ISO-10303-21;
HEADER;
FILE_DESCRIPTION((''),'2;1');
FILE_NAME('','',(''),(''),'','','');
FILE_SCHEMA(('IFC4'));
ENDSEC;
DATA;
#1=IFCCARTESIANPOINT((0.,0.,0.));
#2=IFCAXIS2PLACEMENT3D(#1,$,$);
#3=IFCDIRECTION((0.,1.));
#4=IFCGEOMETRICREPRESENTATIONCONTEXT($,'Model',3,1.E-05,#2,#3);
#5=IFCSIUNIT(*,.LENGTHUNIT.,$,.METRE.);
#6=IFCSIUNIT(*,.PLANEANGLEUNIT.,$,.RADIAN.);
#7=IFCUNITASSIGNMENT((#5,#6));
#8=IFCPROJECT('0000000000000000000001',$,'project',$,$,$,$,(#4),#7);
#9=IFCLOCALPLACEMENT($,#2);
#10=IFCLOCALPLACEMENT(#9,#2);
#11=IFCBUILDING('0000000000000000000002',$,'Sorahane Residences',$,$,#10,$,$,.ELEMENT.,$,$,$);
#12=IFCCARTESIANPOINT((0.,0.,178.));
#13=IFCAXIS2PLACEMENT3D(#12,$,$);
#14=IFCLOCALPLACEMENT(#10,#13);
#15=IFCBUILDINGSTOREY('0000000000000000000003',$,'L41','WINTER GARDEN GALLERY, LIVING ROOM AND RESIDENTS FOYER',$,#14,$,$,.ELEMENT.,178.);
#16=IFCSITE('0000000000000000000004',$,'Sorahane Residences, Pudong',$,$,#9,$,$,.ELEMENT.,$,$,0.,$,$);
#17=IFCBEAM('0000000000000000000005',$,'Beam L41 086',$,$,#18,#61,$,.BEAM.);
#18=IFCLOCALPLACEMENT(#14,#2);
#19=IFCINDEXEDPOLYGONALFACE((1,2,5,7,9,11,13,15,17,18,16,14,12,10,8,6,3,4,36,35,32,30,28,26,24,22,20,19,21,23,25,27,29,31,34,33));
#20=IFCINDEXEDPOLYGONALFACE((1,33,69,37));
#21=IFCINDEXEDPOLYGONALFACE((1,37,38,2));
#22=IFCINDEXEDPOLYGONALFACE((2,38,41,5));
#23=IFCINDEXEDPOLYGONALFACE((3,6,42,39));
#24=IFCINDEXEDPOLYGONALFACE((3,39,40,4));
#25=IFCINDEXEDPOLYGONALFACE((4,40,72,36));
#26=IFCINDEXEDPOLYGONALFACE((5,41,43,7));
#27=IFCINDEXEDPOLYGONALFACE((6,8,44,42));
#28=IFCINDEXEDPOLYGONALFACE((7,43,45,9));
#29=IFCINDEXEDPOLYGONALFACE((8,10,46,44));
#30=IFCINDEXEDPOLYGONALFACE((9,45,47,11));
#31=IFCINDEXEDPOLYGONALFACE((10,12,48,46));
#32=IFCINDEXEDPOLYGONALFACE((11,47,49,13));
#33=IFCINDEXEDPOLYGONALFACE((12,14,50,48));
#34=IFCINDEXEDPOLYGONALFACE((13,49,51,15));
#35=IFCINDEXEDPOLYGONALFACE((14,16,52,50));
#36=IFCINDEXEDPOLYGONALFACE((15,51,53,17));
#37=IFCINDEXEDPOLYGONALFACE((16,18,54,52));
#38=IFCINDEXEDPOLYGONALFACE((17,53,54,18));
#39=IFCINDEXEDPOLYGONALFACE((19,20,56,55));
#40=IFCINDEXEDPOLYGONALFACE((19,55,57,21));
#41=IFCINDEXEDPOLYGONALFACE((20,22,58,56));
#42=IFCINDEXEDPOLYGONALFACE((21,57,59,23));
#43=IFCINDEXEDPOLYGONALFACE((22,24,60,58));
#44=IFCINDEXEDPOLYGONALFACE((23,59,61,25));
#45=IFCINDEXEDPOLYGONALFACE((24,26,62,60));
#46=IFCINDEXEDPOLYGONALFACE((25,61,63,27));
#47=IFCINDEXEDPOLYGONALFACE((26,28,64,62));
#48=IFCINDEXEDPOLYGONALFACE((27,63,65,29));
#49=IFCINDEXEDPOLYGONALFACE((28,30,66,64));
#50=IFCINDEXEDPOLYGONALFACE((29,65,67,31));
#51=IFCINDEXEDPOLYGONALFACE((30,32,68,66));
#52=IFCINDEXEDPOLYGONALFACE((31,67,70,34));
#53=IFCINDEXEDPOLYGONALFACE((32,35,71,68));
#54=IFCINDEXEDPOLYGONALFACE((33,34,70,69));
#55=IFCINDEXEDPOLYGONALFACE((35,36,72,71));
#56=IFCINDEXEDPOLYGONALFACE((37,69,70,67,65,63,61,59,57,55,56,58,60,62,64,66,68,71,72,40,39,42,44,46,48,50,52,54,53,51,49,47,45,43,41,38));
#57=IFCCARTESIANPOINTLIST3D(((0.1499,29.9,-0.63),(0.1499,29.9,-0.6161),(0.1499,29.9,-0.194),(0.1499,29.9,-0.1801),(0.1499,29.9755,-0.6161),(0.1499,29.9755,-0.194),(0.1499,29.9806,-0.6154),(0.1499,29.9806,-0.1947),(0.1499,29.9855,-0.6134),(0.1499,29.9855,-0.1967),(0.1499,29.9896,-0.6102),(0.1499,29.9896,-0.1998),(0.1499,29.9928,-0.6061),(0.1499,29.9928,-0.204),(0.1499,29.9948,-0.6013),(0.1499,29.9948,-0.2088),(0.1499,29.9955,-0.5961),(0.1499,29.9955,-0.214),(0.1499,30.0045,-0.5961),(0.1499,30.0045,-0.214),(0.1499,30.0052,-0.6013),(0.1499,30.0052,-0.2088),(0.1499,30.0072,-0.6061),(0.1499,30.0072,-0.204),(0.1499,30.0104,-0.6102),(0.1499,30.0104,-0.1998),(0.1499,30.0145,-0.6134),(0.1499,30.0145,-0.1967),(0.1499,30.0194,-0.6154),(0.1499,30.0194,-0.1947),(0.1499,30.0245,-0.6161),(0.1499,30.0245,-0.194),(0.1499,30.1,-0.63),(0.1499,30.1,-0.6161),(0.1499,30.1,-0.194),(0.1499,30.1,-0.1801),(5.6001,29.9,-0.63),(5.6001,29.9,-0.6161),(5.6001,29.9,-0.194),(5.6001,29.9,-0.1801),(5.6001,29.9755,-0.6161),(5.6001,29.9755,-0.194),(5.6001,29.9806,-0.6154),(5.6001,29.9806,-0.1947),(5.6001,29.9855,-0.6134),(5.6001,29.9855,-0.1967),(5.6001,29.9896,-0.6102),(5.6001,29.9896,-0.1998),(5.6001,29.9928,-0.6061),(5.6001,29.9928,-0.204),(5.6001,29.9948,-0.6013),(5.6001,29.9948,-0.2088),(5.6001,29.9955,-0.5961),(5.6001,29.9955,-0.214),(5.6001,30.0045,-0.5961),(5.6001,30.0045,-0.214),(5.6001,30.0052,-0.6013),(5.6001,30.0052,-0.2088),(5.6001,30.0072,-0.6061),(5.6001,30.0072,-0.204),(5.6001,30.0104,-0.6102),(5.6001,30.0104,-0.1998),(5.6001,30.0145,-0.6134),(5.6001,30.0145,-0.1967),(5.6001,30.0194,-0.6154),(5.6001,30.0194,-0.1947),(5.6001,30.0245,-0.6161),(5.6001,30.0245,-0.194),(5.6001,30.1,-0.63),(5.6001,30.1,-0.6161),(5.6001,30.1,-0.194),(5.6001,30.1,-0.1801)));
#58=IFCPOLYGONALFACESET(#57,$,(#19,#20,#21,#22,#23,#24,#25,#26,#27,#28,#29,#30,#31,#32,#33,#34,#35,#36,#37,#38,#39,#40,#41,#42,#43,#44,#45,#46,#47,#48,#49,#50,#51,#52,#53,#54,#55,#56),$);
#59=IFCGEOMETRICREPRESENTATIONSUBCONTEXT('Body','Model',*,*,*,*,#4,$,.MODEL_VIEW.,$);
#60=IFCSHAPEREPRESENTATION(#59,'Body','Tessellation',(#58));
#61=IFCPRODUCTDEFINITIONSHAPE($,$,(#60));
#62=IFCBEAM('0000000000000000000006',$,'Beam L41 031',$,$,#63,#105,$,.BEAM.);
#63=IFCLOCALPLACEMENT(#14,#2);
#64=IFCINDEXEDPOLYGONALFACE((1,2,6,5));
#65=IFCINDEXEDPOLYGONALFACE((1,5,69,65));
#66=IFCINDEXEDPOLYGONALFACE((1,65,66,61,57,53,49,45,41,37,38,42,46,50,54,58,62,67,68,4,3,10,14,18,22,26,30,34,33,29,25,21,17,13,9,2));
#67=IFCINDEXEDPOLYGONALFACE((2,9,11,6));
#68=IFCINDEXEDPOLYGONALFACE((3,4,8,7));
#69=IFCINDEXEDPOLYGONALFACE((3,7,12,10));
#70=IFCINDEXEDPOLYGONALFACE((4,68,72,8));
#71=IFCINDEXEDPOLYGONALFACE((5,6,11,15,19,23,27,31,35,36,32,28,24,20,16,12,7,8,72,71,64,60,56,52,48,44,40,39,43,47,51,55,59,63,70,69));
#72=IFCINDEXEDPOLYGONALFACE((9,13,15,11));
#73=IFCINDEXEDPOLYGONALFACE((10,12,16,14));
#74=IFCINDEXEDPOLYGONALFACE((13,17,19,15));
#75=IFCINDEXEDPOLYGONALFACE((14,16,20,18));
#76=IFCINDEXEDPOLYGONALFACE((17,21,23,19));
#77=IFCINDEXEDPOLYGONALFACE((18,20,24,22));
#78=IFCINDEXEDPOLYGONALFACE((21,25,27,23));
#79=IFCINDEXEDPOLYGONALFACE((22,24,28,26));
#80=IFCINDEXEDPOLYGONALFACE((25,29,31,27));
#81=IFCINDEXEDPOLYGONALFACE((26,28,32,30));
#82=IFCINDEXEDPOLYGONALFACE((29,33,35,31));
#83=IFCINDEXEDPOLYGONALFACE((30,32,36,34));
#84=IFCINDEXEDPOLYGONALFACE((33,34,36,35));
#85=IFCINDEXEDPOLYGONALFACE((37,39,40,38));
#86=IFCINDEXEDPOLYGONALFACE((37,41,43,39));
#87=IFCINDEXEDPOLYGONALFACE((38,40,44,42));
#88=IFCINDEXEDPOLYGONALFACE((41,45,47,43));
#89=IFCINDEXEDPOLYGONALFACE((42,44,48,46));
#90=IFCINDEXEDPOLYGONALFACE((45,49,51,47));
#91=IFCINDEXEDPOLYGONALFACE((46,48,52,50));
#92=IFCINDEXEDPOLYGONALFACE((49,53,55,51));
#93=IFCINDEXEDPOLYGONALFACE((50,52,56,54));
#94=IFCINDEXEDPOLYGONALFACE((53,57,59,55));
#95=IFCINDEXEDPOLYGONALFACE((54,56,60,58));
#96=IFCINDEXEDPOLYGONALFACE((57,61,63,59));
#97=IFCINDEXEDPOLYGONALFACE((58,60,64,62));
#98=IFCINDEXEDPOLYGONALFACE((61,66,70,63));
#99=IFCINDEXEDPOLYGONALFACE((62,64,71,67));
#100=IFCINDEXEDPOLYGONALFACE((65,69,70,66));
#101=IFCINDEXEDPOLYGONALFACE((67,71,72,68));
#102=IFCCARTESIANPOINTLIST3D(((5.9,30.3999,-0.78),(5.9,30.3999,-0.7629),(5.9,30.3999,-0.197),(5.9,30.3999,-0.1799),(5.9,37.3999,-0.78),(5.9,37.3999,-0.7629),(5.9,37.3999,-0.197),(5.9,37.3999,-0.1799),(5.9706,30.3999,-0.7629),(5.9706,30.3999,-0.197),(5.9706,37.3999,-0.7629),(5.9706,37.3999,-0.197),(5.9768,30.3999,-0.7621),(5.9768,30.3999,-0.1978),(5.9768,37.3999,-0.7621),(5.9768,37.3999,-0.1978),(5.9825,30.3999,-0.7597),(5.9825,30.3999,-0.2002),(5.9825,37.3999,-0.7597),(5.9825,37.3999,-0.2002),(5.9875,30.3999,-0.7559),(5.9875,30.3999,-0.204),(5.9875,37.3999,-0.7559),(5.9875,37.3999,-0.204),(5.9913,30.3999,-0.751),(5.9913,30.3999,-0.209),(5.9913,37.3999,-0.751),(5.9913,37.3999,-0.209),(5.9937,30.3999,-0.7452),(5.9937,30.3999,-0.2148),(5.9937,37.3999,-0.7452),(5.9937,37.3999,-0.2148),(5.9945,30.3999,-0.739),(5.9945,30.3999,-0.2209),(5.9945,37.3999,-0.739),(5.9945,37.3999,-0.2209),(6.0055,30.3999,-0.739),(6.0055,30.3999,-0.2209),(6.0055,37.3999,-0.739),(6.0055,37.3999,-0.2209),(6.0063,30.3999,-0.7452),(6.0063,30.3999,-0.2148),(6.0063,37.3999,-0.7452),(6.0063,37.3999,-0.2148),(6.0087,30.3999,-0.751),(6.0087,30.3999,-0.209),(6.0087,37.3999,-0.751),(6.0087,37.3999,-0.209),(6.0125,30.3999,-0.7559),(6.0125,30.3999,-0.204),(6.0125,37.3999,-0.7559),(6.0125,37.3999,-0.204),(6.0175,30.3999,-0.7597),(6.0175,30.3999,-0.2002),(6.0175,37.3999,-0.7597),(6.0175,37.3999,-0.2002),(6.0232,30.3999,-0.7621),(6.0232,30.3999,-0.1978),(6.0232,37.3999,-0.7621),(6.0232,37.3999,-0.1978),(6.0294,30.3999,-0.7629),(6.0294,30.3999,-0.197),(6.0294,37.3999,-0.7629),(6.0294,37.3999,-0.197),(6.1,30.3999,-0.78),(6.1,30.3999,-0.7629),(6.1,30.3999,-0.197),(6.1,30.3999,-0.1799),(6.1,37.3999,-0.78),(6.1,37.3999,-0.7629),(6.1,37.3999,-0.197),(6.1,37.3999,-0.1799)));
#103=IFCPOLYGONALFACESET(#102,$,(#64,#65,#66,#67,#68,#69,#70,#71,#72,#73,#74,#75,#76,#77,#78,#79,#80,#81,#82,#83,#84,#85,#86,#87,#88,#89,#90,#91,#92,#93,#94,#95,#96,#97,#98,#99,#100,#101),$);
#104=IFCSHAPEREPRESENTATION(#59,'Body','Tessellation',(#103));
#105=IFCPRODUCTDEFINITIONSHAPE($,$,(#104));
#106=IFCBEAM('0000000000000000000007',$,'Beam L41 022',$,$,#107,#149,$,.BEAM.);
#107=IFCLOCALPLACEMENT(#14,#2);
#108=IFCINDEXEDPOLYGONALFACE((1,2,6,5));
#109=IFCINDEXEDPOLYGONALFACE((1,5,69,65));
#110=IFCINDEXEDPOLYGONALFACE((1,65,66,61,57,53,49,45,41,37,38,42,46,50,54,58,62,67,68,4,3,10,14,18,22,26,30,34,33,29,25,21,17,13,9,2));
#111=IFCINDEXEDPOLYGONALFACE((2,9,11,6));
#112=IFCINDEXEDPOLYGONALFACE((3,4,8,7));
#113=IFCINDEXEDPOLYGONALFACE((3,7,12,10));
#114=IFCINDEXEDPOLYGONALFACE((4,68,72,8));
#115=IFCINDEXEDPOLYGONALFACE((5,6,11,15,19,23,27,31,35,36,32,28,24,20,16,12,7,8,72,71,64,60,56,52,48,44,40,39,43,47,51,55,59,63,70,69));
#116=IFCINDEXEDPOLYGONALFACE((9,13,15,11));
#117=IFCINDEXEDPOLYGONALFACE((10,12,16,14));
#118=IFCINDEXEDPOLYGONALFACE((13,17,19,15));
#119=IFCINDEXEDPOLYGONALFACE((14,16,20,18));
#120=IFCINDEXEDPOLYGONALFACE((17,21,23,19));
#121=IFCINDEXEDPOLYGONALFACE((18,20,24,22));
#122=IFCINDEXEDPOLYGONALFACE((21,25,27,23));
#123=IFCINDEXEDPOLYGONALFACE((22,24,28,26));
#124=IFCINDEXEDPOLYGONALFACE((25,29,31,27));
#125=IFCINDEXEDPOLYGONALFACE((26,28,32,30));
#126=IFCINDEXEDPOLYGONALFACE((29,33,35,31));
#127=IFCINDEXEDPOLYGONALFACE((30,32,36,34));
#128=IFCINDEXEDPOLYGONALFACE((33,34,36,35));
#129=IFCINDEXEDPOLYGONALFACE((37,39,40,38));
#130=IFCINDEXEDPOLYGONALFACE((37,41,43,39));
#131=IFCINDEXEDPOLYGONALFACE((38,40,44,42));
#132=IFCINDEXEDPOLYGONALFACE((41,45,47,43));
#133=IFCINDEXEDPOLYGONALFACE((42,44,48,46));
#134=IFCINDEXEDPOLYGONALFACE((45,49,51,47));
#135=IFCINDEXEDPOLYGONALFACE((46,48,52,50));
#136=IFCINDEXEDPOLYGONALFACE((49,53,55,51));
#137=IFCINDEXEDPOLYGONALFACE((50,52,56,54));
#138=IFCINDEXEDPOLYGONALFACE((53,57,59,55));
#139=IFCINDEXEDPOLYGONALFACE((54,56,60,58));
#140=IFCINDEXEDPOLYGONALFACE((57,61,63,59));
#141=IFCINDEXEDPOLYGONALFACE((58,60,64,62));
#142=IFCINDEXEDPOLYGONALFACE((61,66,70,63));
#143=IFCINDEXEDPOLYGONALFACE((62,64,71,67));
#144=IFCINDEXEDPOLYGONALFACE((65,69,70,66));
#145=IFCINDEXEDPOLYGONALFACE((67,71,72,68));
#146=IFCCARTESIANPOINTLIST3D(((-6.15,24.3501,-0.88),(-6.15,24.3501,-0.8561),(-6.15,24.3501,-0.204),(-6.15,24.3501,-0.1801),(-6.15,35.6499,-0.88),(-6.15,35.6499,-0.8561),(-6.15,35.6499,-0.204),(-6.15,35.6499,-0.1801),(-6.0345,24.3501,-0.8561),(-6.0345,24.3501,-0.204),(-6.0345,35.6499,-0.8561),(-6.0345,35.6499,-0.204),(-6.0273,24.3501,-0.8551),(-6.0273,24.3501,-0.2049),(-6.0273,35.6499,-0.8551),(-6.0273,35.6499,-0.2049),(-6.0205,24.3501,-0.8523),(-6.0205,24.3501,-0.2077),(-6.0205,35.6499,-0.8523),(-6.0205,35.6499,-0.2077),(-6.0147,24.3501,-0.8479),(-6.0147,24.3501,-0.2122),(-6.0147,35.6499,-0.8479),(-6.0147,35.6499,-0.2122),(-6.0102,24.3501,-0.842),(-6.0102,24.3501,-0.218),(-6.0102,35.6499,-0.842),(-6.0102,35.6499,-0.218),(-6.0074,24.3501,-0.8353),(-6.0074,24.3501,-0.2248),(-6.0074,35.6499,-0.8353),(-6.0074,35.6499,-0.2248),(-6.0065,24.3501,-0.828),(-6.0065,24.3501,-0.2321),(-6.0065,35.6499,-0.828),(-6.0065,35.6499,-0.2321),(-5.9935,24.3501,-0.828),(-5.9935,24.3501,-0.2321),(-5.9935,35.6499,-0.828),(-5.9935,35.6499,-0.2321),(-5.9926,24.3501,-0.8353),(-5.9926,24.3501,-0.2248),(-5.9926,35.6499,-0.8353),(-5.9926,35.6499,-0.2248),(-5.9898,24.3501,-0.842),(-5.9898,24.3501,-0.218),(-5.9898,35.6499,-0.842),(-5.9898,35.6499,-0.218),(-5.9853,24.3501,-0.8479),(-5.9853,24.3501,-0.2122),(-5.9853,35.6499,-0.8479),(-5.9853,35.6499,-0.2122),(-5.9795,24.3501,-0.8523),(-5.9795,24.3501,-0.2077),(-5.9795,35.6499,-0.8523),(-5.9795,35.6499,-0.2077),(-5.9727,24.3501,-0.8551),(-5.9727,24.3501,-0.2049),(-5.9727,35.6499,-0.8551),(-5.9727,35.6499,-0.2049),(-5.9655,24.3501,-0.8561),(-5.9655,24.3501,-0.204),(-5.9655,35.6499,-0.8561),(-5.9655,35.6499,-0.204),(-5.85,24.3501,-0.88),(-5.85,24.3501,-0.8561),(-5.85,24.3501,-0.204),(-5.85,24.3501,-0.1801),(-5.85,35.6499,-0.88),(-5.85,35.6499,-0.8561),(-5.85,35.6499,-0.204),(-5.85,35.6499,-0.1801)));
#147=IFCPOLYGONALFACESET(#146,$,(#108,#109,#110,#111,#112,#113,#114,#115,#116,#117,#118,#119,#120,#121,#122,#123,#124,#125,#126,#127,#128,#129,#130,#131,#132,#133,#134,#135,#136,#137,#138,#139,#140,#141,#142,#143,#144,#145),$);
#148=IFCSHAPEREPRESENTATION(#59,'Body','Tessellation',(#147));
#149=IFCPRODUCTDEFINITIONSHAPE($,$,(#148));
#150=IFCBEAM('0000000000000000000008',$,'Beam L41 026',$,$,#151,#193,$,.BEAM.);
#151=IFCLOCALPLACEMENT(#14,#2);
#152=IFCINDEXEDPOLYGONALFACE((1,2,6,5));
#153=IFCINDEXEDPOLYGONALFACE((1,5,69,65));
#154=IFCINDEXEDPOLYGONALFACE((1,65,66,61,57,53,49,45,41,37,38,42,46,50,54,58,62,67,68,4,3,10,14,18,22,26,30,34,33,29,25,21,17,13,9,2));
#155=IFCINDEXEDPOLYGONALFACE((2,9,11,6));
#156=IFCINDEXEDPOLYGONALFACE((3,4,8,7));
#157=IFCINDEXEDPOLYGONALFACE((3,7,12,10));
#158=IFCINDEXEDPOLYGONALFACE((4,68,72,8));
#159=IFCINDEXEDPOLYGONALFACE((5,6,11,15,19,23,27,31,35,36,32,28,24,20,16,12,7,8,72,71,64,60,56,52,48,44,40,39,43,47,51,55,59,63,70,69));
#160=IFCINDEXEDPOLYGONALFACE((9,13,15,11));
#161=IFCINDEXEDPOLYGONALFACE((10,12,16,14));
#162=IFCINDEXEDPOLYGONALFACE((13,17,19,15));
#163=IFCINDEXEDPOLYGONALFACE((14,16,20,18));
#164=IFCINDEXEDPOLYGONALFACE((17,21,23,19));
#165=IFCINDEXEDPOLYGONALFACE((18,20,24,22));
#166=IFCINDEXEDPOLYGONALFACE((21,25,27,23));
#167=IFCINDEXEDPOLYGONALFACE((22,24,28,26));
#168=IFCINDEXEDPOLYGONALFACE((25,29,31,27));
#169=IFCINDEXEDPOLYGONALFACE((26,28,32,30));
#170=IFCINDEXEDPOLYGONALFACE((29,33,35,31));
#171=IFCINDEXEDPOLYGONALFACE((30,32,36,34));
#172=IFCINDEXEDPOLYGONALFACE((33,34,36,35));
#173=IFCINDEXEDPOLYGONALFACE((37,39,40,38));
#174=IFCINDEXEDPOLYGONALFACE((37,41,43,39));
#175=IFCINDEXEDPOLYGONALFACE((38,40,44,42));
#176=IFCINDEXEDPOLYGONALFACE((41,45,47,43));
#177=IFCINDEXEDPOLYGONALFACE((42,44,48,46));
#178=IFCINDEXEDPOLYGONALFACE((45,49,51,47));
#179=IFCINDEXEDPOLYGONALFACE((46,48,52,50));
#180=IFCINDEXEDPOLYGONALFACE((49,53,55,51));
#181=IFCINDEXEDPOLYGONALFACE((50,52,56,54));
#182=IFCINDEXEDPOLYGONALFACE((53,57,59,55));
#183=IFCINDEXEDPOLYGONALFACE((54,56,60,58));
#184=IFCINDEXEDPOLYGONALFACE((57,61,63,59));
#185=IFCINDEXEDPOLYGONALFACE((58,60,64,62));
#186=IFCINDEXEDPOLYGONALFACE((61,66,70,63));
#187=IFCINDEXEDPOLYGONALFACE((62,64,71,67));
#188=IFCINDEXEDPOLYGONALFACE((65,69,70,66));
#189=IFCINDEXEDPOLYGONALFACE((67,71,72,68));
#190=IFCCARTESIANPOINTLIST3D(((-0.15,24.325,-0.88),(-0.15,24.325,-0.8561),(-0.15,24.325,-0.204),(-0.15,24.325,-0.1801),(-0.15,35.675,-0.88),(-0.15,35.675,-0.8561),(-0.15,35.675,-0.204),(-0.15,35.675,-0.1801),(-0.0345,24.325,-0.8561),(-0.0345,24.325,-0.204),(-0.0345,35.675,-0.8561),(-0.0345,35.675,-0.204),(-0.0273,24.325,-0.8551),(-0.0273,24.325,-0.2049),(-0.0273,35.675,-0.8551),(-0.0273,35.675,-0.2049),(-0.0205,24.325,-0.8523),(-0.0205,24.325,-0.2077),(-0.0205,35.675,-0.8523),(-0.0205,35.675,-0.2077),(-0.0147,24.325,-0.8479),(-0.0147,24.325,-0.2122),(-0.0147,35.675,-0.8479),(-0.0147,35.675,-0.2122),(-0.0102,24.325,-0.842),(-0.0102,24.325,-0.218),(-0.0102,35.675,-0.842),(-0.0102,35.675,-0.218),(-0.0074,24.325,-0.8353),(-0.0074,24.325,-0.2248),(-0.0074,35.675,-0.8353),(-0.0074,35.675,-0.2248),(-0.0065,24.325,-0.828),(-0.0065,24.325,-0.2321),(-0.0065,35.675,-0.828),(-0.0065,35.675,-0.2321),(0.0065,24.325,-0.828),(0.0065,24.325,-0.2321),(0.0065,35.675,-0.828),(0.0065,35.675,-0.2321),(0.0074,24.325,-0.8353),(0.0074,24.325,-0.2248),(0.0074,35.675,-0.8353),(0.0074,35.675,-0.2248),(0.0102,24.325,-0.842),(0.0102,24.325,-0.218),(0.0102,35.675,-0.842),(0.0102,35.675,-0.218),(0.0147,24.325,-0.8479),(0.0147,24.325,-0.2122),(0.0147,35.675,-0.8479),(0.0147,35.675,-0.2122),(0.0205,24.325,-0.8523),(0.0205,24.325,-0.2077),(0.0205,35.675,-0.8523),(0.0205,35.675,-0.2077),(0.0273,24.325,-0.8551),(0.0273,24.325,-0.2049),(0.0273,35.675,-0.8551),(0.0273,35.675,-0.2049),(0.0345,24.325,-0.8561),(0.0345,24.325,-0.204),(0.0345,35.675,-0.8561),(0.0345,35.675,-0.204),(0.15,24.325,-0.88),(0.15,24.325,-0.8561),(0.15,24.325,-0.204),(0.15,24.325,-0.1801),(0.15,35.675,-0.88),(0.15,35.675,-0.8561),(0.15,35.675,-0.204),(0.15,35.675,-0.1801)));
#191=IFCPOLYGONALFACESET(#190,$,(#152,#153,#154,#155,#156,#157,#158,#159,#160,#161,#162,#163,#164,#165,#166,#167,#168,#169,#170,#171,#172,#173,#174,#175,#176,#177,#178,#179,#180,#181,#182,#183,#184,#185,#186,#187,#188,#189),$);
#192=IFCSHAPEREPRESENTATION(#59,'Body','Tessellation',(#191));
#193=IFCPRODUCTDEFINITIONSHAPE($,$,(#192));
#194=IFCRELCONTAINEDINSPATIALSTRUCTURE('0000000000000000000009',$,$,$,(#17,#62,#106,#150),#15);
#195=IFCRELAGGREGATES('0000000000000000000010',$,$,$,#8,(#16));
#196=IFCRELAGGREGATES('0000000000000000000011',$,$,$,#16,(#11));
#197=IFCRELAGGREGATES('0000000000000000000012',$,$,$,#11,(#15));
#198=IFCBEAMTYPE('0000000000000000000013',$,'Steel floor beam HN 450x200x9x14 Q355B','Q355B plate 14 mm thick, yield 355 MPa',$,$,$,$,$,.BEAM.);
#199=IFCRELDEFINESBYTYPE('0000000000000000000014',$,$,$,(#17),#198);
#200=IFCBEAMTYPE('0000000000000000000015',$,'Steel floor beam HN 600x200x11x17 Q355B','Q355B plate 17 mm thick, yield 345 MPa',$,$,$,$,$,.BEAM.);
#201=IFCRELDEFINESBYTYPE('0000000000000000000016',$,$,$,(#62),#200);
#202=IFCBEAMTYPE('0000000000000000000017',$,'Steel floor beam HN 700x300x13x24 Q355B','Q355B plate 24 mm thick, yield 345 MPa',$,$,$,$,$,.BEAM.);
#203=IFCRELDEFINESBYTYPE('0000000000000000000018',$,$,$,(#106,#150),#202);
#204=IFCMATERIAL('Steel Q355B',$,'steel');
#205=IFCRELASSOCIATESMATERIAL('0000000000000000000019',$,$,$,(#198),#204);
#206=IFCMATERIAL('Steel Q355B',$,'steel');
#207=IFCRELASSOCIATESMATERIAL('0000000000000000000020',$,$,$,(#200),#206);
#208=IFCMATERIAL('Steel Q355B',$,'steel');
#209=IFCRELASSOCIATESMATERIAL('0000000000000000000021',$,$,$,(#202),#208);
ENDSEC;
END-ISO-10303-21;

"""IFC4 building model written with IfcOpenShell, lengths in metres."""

from ifc_helpers import new_model, si_unit, direction, frame, origin, origin_2d, place, context, subcontext, project, spatial, i_section, extrude, material, material_profile, profile_set, type_object, element, save


model = new_model("IFC4")

# Units and contexts
model_context = context("Model", 3, precision=1e-05, world=origin(), true_north=direction((0.0, 1.0)))
body_context = subcontext(model_context, "Body", "Model", "MODEL_VIEW")
ifc_project = project(units=[si_unit("LENGTHUNIT", "METRE"), si_unit("PLANEANGLEUNIT", "RADIAN")], contexts=[model_context])

# Site, building, storey
site_placement = place(None, origin())
site = spatial("IfcSite", under=ifc_project, at=site_placement, Name="Sorahane Residences, Pudong", CompositionType="ELEMENT", RefElevation=0.0)
building_placement = place(site_placement, origin())
building = spatial("IfcBuilding", under=site, at=building_placement, Name="Sorahane Residences", CompositionType="ELEMENT")
storey_placement = place(building_placement, frame((0.0, 0.0, 178.0)))
storey = spatial("IfcBuildingStorey", under=building, at=storey_placement, Name="L41", Description="WINTER GARDEN GALLERY, LIVING ROOM AND RESIDENTS FOYER", CompositionType="ELEMENT", Elevation=178.0)

# Beams
ifc_material_1 = material(Name="Steel Q355B", Category="steel")
ifc_material_profile_1 = material_profile(ifc_material_1, i_section(OverallWidth=0.2, OverallDepth=0.45, WebThickness=0.009, FlangeThickness=0.0139, FilletRadius=0.02, at=origin_2d()), Name="HN 450x200x9x14")
ifc_profile_set_1 = profile_set([ifc_material_profile_1], Name="Steel Q355B")
beam_type_1 = type_object("IfcBeamType", Name="Steel floor beam HN 450x200x9x14 Q355B", Description="Q355B plate 14 mm thick, yield 355 MPa", PredefinedType="BEAM", material=ifc_profile_set_1)
beam_1_placement = place(storey_placement, frame((0.1499, 30.0, -0.405), z_axis=(1.0, 0.0, 0.0), x_axis=(0.0, 1.0, 0.0)))
element("IfcBeam", 1, at=beam_1_placement, inside=storey, type_object=beam_type_1, Name="Beam L41 086", PredefinedType="BEAM", context=body_context, shape_type="SweptSolid", body=[
    extrude(i_section(OverallWidth=0.2, OverallDepth=0.45, WebThickness=0.009, FlangeThickness=0.0139, FilletRadius=0.02, at=origin_2d()), origin(), (0.0, 0.0, 1.0), 5.4502),
])
ifc_material_2 = material(Name="Steel Q355B", Category="steel")
ifc_material_profile_2 = material_profile(ifc_material_2, i_section(OverallWidth=0.2, OverallDepth=0.6001, WebThickness=0.011, FlangeThickness=0.0171, FilletRadius=0.0239, at=origin_2d()), Name="HN 600x200x11x17")
ifc_profile_set_2 = profile_set([ifc_material_profile_2], Name="Steel Q355B")
beam_type_2 = type_object("IfcBeamType", Name="Steel floor beam HN 600x200x11x17 Q355B", Description="Q355B plate 17 mm thick, yield 345 MPa", PredefinedType="BEAM", material=ifc_profile_set_2)
beam_2_placement = place(storey_placement, frame((6.0, 30.3999, -0.48), z_axis=(0.0, 1.0, 0.0), x_axis=(-1.0, 0.0, 0.0)))
element("IfcBeam", 2, at=beam_2_placement, inside=storey, type_object=beam_type_2, Name="Beam L41 031", PredefinedType="BEAM", context=body_context, shape_type="SweptSolid", body=[
    extrude(i_section(OverallWidth=0.2, OverallDepth=0.6001, WebThickness=0.011, FlangeThickness=0.0171, FilletRadius=0.0239, at=origin_2d()), origin(), (0.0, 0.0, 1.0), 7.0),
])
ifc_material_3 = material(Name="Steel Q355B", Category="steel")
ifc_material_profile_3 = material_profile(ifc_material_3, i_section(OverallWidth=0.3, OverallDepth=0.7, WebThickness=0.0129, FlangeThickness=0.0239, FilletRadius=0.0281, at=origin_2d()), Name="HN 700x300x13x24")
ifc_profile_set_3 = profile_set([ifc_material_profile_3], Name="Steel Q355B")
beam_type_3 = type_object("IfcBeamType", Name="Steel floor beam HN 700x300x13x24 Q355B", Description="Q355B plate 24 mm thick, yield 345 MPa", PredefinedType="BEAM", material=ifc_profile_set_3)
beam_3_placement = place(storey_placement, frame((-6.0, 24.3501, -0.53), z_axis=(0.0, 1.0, 0.0), x_axis=(-1.0, 0.0, 0.0)))
element("IfcBeam", 3, at=beam_3_placement, inside=storey, type_object=beam_type_3, Name="Beam L41 022", PredefinedType="BEAM", context=body_context, shape_type="SweptSolid", body=[
    extrude(i_section(OverallWidth=0.3, OverallDepth=0.7, WebThickness=0.0129, FlangeThickness=0.0239, FilletRadius=0.0281, at=origin_2d()), origin(), (0.0, 0.0, 1.0), 11.2998),
])
beam_4_placement = place(storey_placement, frame((0.0, 24.325, -0.53), z_axis=(0.0, 1.0, 0.0), x_axis=(-1.0, 0.0, 0.0)))
element("IfcBeam", 4, at=beam_4_placement, inside=storey, type_object=beam_type_3, Name="Beam L41 026", PredefinedType="BEAM", context=body_context, shape_type="SweptSolid", body=[
    extrude(i_section(OverallWidth=0.3, OverallDepth=0.7, WebThickness=0.0129, FlangeThickness=0.0239, FilletRadius=0.0281, at=origin_2d()), origin(), (0.0, 0.0, 1.0), 11.3501),
])

save(model, "model.ifc")
